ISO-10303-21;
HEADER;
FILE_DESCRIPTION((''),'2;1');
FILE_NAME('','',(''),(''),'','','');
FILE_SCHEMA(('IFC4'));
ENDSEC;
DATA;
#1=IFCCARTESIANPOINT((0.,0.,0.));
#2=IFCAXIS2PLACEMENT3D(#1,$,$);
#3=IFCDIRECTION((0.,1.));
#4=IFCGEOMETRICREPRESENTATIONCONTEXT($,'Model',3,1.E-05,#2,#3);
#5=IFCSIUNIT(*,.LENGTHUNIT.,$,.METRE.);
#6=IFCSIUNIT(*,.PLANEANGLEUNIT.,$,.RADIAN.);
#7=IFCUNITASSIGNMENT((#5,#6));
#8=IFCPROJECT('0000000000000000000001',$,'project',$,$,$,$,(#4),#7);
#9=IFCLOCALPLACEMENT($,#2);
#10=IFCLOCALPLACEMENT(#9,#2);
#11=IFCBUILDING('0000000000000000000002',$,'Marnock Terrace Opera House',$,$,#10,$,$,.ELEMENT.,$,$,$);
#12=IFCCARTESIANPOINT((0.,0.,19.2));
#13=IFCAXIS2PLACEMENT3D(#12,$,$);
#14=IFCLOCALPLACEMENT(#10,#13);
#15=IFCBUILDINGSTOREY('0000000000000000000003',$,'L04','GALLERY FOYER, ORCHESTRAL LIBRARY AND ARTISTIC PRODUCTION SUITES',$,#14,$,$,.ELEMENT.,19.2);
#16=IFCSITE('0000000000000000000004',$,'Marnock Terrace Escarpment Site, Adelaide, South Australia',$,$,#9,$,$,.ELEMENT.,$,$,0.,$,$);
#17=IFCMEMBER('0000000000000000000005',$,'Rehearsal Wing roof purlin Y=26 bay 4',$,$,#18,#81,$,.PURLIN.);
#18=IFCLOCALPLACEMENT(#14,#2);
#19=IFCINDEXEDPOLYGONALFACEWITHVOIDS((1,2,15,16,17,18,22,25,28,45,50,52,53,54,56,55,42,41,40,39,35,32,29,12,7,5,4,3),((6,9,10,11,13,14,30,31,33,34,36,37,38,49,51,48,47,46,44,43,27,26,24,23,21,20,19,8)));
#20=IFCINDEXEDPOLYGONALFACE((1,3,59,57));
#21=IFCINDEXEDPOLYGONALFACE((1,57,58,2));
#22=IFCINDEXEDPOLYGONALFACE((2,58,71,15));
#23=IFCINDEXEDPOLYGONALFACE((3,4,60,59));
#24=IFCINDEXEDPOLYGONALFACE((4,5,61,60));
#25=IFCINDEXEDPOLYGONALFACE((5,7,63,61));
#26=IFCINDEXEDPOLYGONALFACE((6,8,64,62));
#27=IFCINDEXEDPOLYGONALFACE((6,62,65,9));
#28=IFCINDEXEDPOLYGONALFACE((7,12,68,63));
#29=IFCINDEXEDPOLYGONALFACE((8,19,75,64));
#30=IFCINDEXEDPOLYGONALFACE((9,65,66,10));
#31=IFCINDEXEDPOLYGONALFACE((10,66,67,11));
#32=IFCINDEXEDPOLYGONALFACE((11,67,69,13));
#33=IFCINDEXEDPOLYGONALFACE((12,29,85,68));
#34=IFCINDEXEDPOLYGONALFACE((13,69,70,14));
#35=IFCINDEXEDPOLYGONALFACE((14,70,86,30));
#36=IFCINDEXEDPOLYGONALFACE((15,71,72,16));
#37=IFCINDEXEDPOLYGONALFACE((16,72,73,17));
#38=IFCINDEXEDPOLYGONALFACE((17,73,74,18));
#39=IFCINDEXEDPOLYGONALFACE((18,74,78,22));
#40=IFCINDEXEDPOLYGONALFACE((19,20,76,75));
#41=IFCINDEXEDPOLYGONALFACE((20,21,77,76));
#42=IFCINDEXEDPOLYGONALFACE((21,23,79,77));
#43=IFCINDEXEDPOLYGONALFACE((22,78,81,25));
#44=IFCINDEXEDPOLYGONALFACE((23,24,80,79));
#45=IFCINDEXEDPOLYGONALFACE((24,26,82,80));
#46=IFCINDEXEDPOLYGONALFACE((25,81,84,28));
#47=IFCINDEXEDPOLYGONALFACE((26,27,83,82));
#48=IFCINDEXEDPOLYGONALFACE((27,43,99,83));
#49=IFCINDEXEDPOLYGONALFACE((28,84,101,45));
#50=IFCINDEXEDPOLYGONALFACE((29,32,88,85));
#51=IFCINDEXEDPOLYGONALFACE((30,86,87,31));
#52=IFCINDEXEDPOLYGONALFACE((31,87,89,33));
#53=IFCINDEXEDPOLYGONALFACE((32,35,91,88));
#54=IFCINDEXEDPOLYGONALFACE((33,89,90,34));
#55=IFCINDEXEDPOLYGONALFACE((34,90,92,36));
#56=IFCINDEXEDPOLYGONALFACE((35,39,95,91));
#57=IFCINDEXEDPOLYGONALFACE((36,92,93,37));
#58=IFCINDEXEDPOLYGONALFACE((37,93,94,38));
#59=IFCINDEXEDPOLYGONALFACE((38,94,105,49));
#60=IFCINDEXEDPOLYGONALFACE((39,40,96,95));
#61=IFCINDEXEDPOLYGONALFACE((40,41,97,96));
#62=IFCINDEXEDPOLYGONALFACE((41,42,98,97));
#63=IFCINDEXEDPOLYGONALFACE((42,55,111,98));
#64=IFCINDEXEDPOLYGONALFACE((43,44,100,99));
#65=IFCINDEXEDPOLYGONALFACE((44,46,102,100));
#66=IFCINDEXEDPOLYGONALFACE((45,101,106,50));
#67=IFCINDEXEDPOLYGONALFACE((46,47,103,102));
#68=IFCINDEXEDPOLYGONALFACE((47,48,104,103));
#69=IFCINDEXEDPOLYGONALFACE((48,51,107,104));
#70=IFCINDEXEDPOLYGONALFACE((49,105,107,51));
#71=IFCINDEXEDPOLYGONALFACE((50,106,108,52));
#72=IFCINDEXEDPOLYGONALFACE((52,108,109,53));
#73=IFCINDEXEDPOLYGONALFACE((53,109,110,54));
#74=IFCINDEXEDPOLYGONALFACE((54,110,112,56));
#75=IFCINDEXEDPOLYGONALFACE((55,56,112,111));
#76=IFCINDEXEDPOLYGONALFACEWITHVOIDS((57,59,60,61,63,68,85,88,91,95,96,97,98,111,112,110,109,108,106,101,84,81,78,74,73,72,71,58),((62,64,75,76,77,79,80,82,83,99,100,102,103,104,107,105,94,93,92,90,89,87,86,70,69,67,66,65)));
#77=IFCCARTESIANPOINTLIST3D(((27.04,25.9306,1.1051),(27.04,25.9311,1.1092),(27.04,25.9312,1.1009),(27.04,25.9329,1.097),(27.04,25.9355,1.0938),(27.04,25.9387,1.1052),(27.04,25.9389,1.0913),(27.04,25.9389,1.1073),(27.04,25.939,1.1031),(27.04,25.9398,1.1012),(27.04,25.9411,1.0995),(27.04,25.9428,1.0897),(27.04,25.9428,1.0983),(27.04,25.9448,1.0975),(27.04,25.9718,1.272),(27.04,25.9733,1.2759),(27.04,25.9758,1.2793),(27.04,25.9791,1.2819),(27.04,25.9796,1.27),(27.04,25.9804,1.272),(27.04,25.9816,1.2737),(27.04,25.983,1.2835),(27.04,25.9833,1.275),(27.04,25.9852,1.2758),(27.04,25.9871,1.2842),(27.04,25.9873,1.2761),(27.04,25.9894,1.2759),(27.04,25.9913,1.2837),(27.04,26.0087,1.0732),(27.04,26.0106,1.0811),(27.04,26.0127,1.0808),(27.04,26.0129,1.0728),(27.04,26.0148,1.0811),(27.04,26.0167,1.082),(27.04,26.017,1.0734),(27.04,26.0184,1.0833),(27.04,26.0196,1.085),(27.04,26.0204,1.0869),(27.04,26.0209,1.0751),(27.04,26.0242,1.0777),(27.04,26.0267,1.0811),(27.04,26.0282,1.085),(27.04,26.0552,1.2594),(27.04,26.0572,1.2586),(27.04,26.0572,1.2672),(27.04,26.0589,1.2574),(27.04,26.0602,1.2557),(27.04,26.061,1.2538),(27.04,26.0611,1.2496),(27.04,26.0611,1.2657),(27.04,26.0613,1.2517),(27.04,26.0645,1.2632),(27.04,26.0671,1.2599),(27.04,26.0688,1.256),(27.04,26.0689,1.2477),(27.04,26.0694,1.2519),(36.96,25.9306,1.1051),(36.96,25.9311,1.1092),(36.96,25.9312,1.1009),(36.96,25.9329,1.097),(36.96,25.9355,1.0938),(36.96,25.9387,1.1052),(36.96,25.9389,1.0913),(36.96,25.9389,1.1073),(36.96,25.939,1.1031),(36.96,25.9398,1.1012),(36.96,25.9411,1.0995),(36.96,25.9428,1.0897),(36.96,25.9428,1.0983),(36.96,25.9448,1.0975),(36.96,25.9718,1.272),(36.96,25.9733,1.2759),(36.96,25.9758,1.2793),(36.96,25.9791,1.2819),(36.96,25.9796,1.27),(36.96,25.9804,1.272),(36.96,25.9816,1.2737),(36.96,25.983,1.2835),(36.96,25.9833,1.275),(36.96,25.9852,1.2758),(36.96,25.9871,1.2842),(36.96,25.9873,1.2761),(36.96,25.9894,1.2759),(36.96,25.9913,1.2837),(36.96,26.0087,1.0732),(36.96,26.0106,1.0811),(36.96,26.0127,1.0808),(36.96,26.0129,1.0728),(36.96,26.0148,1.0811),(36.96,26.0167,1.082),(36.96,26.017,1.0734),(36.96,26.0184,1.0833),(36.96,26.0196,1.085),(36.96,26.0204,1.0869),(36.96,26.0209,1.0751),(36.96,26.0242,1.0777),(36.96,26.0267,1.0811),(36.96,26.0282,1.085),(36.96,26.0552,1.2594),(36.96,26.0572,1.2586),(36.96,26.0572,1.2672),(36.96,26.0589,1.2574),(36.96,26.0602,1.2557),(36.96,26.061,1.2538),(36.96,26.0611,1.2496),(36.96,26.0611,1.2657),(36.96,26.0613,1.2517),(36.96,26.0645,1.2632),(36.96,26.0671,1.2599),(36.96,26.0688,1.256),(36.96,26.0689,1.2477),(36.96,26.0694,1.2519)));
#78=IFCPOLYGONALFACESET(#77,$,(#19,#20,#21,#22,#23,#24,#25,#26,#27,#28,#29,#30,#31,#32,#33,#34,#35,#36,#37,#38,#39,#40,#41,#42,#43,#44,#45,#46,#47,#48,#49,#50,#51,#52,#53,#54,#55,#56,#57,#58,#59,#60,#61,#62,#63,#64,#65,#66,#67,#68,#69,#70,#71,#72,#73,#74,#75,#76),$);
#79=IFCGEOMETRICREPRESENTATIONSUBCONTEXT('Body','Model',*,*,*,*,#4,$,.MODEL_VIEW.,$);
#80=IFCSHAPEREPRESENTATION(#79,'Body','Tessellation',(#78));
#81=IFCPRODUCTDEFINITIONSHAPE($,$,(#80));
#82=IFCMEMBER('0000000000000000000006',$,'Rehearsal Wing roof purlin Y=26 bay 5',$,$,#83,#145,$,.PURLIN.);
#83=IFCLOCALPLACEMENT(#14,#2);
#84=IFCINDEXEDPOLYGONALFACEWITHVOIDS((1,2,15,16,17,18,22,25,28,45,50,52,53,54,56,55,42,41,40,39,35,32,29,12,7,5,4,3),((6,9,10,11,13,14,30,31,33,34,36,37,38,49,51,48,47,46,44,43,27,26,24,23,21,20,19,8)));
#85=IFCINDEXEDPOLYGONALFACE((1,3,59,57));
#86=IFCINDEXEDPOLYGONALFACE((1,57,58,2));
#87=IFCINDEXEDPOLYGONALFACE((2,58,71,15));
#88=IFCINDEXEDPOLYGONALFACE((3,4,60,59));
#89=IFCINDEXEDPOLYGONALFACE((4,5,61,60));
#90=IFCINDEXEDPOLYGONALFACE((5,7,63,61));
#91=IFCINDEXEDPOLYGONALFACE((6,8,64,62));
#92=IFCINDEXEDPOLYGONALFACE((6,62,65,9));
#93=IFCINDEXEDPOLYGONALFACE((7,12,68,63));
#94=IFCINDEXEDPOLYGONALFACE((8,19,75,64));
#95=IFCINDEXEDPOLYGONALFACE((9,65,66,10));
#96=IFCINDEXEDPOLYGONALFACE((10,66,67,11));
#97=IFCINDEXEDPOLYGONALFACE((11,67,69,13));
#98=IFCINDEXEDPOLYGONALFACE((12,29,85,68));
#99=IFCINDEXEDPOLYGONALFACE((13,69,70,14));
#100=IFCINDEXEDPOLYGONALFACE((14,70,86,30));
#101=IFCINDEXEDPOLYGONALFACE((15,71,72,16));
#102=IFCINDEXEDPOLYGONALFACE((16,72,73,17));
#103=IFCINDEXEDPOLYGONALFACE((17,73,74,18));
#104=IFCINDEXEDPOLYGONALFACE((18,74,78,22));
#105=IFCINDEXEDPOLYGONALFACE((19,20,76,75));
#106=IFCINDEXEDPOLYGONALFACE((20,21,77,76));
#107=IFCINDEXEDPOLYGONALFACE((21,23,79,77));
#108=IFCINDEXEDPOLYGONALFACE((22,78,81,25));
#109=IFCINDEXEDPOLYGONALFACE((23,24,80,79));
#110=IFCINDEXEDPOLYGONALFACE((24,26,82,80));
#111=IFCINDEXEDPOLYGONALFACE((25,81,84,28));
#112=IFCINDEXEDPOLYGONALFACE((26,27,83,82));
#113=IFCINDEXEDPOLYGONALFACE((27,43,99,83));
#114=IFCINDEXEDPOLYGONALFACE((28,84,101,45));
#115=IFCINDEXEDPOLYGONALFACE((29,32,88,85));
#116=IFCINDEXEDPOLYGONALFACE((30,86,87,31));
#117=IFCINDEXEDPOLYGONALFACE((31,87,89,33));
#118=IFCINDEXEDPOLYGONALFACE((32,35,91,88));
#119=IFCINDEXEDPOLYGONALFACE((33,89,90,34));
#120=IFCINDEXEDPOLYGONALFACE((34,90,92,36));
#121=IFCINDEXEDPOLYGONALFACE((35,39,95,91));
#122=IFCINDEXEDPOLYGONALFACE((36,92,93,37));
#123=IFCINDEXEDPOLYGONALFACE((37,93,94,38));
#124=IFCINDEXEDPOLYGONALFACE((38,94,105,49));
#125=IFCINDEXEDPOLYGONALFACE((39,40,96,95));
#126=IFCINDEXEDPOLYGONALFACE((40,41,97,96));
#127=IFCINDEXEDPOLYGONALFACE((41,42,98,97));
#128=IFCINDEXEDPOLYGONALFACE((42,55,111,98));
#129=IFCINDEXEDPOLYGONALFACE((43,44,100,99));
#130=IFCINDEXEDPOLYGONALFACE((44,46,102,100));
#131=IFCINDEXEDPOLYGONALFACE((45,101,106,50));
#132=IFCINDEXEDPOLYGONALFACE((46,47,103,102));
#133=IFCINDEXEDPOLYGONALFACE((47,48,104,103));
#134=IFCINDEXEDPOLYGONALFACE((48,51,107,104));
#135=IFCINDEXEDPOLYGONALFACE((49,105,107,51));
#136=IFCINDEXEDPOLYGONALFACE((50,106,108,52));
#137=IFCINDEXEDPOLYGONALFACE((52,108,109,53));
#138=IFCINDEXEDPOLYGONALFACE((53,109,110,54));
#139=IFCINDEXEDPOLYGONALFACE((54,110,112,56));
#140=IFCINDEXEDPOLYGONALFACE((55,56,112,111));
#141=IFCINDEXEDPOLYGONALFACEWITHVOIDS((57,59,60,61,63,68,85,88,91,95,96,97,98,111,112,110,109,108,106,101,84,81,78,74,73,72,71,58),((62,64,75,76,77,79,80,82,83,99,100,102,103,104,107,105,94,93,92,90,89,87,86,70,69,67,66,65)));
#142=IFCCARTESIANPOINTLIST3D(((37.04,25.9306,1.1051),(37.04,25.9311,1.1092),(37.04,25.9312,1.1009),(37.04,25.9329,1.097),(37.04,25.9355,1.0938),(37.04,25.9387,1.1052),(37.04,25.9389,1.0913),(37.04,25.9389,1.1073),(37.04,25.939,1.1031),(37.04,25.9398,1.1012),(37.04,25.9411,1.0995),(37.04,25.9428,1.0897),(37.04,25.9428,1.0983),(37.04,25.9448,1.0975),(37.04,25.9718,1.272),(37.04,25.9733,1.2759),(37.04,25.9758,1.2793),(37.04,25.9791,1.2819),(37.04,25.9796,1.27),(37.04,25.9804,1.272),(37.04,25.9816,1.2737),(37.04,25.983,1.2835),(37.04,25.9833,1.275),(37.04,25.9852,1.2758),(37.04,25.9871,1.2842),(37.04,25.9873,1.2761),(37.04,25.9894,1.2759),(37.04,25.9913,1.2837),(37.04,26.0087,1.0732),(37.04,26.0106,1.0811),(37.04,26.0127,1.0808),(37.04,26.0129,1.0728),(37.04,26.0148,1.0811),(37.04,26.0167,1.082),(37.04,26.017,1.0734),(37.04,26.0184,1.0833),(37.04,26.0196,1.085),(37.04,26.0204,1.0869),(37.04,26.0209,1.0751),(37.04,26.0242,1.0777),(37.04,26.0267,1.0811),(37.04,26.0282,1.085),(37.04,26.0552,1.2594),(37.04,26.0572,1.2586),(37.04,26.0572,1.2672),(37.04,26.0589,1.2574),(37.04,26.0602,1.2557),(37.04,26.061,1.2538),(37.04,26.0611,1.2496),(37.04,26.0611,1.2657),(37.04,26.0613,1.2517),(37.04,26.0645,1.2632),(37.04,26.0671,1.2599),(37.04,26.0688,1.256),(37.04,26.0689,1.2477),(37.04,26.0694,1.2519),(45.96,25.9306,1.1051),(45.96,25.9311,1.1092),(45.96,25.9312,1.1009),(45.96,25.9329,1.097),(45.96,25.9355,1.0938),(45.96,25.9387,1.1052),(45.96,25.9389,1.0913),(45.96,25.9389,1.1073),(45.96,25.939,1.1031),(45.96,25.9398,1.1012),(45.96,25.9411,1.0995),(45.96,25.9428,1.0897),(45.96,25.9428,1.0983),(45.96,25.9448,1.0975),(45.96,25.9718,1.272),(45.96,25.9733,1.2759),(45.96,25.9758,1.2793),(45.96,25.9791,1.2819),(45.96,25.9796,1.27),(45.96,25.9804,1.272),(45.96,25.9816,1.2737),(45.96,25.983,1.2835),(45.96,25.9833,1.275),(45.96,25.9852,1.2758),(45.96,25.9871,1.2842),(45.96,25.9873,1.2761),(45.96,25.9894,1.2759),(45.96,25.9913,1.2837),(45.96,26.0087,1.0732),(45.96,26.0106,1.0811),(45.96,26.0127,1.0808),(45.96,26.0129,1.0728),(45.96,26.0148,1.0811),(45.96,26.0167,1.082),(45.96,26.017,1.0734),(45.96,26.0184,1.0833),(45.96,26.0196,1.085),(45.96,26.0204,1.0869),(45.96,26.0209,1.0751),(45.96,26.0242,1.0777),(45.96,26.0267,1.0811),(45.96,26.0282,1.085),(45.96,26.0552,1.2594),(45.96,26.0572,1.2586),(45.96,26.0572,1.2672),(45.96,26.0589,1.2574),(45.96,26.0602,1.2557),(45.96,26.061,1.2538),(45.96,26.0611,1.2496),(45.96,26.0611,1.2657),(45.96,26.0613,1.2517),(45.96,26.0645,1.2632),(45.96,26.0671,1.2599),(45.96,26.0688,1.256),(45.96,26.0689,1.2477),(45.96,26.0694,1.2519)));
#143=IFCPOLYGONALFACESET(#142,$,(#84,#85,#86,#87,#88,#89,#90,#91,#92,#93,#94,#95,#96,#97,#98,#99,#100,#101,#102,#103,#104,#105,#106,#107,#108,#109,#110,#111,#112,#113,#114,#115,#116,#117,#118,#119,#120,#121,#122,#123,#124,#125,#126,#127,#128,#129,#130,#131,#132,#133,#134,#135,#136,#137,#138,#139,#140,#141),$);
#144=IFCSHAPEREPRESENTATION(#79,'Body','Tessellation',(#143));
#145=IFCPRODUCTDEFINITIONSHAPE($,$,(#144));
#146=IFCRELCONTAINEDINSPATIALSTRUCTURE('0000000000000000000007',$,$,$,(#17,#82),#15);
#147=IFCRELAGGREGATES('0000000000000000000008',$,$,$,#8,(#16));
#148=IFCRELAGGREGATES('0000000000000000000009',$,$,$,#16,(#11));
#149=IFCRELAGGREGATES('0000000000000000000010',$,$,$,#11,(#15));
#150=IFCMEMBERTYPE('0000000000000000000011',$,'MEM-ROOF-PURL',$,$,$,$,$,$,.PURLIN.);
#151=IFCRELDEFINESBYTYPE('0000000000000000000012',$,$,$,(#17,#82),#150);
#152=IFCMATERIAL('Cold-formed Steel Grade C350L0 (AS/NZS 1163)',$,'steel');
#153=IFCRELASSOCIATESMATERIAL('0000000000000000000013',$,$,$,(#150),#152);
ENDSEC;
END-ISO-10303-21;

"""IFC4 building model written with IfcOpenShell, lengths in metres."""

from ifc_helpers import new_model, si_unit, direction, frame, origin, origin_2d, place, context, subcontext, project, spatial, hollow_rectangle, extrude, material, material_profile, profile_set, type_object, element, save


model = new_model("IFC4")

# Units and contexts
model_context = context("Model", 3, precision=1e-05, world=origin(), true_north=direction((0.0, 1.0)))
body_context = subcontext(model_context, "Body", "Model", "MODEL_VIEW")
ifc_project = project(units=[si_unit("LENGTHUNIT", "METRE"), si_unit("PLANEANGLEUNIT", "RADIAN")], contexts=[model_context])

# Site, building, storey
site_placement = place(None, origin())
site = spatial("IfcSite", under=ifc_project, at=site_placement, Name="Marnock Terrace Escarpment Site, Adelaide, South Australia", CompositionType="ELEMENT", RefElevation=0.0)
building_placement = place(site_placement, origin())
building = spatial("IfcBuilding", under=site, at=building_placement, Name="Marnock Terrace Opera House", CompositionType="ELEMENT")
storey_placement = place(building_placement, frame((0.0, 0.0, 19.2)))
storey = spatial("IfcBuildingStorey", under=building, at=storey_placement, Name="L04", Description="GALLERY FOYER, ORCHESTRAL LIBRARY AND ARTISTIC PRODUCTION SUITES", CompositionType="ELEMENT", Elevation=19.2)

# Members
ifc_material_1 = material(Name="Cold-formed Steel Grade C350L0 (AS/NZS 1163)", Category="steel")
ifc_material_profile_1 = material_profile(ifc_material_1, hollow_rectangle(XDim=0.1001, YDim=0.2, WallThickness=0.0081, InnerFilletRadius=0.0081, OuterFilletRadius=0.0161, at=origin_2d()))
ifc_profile_set_1 = profile_set([ifc_material_profile_1], Name="Cold-formed Steel Grade C350L0 (AS/NZS 1163)")
member_type_1 = type_object("IfcMemberType", Name="MEM-ROOF-PURL", PredefinedType="PURLIN", material=ifc_profile_set_1)
member_1_placement = place(storey_placement, frame((27.04, 26.0, 1.1785), z_axis=(1.0, 0.0, 0.0), x_axis=(0.0, 0.970143, -0.242535)))
element("IfcMember", 1, at=member_1_placement, inside=storey, type_object=member_type_1, Name="Rehearsal Wing roof purlin Y=26 bay 4", PredefinedType="PURLIN", context=body_context, shape_type="SweptSolid", body=[
    extrude(hollow_rectangle(XDim=0.1001, YDim=0.2, WallThickness=0.0081, InnerFilletRadius=0.0081, OuterFilletRadius=0.0161, at=origin_2d()), origin(), (0.0, 0.0, 1.0), 9.9199),
])
member_2_placement = place(storey_placement, frame((37.04, 26.0, 1.1785), z_axis=(1.0, 0.0, 0.0), x_axis=(0.0, 0.970143, -0.242535)))
element("IfcMember", 2, at=member_2_placement, inside=storey, type_object=member_type_1, Name="Rehearsal Wing roof purlin Y=26 bay 5", PredefinedType="PURLIN", context=body_context, shape_type="SweptSolid", body=[
    extrude(hollow_rectangle(XDim=0.1001, YDim=0.2, WallThickness=0.0081, InnerFilletRadius=0.0081, OuterFilletRadius=0.0161, at=origin_2d()), origin(), (0.0, 0.0, 1.0), 8.9199),
])

save(model, "model.ifc")
